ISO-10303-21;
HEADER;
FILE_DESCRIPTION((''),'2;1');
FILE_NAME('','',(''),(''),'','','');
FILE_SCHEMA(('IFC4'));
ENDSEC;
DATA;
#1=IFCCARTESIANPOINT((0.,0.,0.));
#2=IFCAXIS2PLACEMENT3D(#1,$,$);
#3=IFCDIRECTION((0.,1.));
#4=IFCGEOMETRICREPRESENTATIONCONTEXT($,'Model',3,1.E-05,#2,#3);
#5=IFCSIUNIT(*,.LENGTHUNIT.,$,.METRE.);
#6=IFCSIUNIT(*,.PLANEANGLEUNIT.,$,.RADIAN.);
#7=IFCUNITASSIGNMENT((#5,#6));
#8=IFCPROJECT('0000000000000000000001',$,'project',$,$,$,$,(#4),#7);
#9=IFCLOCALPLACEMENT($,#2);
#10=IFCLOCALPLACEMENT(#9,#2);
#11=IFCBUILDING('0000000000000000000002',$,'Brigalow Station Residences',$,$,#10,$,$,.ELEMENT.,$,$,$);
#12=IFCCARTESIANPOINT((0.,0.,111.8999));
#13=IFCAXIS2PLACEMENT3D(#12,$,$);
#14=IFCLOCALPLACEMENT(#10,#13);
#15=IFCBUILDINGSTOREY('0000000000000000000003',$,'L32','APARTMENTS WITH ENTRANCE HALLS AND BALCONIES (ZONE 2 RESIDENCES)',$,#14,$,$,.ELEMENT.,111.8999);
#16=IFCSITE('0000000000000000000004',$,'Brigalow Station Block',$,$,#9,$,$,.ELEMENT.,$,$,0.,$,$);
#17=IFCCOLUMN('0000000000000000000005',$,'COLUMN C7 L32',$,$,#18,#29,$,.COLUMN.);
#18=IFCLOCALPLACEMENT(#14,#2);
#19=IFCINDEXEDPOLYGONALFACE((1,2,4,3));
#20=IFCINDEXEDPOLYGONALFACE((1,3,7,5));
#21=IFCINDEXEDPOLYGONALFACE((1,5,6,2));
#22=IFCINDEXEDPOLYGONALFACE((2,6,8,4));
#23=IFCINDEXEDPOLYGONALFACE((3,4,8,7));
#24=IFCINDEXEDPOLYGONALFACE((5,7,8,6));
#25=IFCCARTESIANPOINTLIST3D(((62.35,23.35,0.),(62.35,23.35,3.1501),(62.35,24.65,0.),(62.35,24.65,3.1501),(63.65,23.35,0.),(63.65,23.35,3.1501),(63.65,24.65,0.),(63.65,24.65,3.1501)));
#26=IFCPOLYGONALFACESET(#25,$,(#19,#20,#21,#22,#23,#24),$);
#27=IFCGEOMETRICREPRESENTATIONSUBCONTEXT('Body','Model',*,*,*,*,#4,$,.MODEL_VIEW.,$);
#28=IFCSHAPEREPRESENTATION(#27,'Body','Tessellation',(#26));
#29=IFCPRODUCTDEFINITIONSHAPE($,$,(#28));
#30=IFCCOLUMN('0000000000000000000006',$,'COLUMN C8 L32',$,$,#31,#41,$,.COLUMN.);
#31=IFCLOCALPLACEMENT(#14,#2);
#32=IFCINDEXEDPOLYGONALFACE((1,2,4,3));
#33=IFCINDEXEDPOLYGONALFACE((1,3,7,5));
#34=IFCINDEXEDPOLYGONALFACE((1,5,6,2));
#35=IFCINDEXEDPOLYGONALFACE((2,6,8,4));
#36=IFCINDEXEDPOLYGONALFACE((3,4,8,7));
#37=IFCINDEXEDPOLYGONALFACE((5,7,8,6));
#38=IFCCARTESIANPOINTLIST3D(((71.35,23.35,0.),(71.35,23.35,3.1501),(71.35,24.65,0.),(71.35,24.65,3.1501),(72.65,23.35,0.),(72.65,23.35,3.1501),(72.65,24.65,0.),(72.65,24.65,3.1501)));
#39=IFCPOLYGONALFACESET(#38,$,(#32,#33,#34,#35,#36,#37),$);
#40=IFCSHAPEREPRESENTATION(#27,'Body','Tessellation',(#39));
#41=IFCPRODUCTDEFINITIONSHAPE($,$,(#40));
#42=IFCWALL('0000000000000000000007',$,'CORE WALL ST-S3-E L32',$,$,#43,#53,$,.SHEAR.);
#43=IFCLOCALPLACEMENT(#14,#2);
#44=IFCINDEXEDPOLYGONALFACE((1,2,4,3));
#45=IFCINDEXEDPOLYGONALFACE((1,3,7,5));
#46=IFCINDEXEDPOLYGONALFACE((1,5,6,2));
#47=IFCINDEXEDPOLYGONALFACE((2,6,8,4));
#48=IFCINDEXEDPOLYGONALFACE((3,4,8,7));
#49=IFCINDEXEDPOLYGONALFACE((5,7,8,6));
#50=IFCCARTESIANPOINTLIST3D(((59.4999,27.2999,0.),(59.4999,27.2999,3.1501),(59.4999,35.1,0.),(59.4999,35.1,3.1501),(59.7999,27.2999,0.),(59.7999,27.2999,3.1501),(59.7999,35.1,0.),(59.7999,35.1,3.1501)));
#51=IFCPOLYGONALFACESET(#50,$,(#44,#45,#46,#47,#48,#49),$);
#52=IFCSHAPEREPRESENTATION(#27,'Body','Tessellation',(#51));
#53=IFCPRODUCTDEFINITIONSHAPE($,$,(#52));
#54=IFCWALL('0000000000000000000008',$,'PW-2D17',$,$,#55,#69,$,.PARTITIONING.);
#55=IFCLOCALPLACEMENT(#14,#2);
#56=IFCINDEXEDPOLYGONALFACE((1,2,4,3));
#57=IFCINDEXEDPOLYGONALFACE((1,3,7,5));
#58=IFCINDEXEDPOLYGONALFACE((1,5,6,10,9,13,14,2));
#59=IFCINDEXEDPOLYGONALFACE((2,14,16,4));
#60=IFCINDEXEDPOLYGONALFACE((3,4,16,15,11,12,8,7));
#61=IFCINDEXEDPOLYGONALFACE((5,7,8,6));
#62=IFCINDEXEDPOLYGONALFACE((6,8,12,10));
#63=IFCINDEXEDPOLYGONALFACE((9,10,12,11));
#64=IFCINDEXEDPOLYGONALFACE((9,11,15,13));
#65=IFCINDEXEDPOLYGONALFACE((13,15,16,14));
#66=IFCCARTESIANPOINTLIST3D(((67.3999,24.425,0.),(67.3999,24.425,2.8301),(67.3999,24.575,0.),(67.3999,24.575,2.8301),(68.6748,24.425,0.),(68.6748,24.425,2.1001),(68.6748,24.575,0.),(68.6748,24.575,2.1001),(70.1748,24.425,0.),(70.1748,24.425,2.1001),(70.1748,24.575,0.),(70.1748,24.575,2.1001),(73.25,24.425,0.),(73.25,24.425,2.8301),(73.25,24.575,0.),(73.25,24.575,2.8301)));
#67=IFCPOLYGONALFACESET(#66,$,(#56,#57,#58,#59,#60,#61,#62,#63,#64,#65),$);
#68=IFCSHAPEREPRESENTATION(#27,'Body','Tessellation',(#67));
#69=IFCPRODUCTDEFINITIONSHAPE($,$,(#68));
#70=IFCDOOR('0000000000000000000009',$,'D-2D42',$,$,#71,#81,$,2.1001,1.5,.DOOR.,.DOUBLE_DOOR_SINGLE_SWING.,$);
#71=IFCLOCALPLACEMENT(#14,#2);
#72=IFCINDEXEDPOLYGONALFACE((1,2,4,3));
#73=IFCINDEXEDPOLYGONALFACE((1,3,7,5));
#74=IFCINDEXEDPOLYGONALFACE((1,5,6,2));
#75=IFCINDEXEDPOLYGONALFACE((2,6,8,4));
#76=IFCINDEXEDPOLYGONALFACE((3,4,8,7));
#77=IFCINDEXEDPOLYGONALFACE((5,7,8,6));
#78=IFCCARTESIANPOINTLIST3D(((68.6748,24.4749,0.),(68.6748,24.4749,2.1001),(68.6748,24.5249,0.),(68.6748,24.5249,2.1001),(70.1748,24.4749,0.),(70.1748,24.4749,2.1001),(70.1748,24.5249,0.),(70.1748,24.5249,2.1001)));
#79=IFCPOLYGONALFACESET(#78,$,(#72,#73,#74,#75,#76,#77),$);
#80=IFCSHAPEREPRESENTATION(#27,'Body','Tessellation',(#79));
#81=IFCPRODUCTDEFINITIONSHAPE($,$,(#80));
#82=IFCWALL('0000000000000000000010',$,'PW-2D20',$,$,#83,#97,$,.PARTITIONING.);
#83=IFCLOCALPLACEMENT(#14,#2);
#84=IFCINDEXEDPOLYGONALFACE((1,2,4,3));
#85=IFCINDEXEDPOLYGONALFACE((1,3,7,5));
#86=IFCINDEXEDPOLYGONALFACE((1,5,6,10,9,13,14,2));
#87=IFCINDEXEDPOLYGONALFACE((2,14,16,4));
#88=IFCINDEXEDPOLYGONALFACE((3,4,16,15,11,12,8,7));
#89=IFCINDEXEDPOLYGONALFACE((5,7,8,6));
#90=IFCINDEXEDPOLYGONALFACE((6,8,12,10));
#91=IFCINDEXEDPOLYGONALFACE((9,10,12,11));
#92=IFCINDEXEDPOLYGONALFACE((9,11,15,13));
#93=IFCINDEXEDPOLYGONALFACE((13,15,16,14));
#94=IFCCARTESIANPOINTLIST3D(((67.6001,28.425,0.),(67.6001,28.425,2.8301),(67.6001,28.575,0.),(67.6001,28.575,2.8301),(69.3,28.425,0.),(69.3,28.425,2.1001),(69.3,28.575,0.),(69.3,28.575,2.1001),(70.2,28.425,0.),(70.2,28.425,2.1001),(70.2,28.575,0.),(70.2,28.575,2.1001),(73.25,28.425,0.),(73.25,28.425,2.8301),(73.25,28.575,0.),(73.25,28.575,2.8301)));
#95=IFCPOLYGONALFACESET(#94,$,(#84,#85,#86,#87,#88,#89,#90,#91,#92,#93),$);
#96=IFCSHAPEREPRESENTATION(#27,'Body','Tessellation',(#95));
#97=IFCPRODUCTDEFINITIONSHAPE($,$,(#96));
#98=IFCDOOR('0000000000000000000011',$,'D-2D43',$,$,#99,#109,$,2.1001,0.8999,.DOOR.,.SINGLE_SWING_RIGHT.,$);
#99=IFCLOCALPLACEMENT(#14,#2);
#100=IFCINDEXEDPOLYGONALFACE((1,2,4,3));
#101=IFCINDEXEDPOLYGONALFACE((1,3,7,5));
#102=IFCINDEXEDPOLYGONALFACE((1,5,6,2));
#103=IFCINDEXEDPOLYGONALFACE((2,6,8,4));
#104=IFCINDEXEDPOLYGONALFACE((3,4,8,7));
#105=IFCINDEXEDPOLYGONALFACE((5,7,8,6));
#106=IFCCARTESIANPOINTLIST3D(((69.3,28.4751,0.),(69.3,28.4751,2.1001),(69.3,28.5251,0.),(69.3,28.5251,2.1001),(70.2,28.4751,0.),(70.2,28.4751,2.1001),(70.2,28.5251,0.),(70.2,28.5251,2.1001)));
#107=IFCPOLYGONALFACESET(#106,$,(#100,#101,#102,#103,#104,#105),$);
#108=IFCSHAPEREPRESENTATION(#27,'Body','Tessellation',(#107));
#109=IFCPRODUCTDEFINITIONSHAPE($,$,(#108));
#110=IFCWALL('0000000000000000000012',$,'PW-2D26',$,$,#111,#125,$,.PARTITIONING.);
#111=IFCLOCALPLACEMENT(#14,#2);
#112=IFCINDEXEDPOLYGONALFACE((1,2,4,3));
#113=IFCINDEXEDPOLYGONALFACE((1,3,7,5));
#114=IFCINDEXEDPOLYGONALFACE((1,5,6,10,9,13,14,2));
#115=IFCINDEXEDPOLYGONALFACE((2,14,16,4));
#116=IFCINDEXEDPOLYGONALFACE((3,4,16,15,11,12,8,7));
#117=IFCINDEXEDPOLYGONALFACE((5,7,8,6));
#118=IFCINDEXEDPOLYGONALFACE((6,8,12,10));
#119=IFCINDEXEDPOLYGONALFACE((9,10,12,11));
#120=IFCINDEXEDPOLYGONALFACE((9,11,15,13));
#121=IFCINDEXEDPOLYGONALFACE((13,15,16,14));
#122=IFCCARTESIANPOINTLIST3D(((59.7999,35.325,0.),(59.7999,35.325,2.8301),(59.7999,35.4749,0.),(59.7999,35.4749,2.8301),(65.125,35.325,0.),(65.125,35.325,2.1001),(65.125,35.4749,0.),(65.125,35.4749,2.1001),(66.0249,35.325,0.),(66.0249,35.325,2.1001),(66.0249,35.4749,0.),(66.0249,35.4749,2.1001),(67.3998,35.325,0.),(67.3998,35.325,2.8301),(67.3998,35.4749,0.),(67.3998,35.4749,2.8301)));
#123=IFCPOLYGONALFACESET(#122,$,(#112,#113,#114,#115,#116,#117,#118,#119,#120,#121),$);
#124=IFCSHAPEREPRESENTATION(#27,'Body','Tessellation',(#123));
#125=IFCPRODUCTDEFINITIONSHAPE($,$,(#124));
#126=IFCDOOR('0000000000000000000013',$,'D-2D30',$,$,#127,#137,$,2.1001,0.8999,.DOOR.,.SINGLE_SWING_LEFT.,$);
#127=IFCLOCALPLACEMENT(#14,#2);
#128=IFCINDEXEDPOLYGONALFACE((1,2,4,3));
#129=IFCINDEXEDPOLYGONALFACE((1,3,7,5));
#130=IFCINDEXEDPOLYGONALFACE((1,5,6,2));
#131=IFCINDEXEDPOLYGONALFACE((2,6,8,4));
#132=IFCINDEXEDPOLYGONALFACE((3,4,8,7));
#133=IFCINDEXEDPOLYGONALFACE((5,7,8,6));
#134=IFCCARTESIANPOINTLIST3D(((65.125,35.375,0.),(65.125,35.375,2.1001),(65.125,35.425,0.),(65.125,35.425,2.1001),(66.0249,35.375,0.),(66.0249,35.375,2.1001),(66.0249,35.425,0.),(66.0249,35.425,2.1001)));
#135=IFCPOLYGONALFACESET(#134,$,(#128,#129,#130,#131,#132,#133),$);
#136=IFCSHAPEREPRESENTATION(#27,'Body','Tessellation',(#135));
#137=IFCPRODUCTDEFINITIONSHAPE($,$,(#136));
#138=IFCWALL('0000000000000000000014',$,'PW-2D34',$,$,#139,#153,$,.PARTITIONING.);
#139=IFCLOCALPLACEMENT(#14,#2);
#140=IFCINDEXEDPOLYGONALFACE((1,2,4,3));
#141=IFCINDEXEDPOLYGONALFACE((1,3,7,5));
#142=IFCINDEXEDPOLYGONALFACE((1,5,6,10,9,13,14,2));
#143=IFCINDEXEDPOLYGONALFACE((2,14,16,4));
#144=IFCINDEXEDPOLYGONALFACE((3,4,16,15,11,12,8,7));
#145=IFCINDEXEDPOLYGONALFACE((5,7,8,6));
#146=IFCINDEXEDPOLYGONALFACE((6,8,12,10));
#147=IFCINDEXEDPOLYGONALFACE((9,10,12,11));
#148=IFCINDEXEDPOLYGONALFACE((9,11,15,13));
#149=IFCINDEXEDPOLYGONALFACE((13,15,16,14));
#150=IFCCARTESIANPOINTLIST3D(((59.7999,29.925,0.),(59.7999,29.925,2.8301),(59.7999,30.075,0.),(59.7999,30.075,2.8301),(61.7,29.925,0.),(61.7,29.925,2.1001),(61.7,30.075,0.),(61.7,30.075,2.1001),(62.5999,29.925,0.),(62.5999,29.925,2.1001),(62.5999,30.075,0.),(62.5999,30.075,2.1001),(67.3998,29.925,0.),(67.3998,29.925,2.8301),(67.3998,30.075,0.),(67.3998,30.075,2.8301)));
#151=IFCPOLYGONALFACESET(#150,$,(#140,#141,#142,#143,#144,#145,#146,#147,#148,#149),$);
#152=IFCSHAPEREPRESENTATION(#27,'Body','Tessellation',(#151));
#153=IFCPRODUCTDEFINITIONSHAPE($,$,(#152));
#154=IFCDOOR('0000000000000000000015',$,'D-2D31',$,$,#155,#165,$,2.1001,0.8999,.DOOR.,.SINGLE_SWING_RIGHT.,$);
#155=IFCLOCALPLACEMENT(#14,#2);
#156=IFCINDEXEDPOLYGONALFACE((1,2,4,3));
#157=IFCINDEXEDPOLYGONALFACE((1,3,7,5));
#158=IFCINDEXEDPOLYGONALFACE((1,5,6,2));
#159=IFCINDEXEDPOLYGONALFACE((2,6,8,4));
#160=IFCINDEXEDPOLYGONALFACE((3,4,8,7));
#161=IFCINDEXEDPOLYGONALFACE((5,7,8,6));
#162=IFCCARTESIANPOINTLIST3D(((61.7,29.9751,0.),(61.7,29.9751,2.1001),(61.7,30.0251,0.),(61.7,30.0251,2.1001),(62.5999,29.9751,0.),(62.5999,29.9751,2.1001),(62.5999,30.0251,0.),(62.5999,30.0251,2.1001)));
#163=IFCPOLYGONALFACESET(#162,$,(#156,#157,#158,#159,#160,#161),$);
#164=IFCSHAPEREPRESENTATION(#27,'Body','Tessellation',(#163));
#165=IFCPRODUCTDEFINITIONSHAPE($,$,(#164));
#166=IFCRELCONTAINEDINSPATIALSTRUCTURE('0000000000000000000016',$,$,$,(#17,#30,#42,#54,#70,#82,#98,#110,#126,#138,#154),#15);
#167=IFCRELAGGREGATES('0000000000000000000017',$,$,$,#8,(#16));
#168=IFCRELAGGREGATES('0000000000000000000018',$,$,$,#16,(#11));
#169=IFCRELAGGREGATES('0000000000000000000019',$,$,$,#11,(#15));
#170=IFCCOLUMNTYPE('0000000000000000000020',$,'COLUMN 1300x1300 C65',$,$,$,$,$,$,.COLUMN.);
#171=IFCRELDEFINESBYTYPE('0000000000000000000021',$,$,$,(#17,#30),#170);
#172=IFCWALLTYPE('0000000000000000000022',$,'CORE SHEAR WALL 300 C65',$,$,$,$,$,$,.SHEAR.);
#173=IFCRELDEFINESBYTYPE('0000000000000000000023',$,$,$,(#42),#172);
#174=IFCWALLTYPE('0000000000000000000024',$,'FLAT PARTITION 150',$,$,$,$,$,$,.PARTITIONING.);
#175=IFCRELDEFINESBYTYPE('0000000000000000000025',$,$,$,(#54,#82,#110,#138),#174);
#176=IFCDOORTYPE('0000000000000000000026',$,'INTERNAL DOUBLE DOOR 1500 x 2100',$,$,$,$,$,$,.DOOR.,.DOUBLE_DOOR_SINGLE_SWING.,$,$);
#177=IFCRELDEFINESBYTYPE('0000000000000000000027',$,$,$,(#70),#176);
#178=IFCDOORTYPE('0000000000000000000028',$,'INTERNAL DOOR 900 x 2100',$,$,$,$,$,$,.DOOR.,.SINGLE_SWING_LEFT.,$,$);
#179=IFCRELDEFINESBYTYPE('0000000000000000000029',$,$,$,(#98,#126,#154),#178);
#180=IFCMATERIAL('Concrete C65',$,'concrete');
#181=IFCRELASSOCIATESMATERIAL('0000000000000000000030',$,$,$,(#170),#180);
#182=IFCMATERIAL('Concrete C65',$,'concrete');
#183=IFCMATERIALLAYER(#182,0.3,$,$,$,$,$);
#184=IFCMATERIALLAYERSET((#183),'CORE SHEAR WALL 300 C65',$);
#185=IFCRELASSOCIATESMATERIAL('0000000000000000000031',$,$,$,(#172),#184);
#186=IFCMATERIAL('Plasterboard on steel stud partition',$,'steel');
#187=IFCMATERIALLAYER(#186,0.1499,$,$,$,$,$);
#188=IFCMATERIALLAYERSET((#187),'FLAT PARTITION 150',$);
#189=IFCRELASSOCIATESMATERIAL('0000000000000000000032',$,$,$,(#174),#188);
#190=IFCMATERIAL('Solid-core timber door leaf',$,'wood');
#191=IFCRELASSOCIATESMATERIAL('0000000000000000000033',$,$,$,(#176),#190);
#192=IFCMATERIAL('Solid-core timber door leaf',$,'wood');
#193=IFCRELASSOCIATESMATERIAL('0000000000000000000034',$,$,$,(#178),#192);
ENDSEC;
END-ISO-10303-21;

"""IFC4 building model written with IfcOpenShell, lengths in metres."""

from ifc_helpers import new_model, si_unit, direction, frame, frame_2d, origin, origin_2d, place, context, subcontext, project, spatial, rectangle, extrude, material, layer, layer_set, material_profile, profile_set, type_object, element, fill, save


model = new_model("IFC4")

# Units and contexts
model_context = context("Model", 3, precision=1e-05, world=origin(), true_north=direction((0.0, 1.0)))
body_context = subcontext(model_context, "Body", "Model", "MODEL_VIEW")
ifc_project = project(units=[si_unit("LENGTHUNIT", "METRE"), si_unit("PLANEANGLEUNIT", "RADIAN")], contexts=[model_context])

# Site, building, storey
site_placement = place(None, origin())
site = spatial("IfcSite", under=ifc_project, at=site_placement, Name="Brigalow Station Block", CompositionType="ELEMENT", RefElevation=0.0)
building_placement = place(site_placement, origin())
building = spatial("IfcBuilding", under=site, at=building_placement, Name="Brigalow Station Residences", CompositionType="ELEMENT")
storey_placement = place(building_placement, frame((0.0, 0.0, 111.8999)))
storey = spatial("IfcBuildingStorey", under=building, at=storey_placement, Name="L32", Description="APARTMENTS WITH ENTRANCE HALLS AND BALCONIES (ZONE 2 RESIDENCES)", CompositionType="ELEMENT", Elevation=111.8999)

# Columns
ifc_material_1 = material(Name="Concrete C65", Category="concrete")
ifc_material_profile = material_profile(ifc_material_1, rectangle(XDim=1.3, YDim=1.3, at=origin_2d()), Name="RC1300x1300")
ifc_profile_set = profile_set([ifc_material_profile], Name="Concrete C65")
column_type = type_object("IfcColumnType", Name="COLUMN 1300x1300 C65", PredefinedType="COLUMN", material=ifc_profile_set)
for number, where, z_axis, x_axis, name in (
    (1, (63.0, 24.0, 0.0), (0.0, 0.0, 1.0), (1.0, 0.0, 0.0), "COLUMN C7 L32"),
    (2, (72.0, 24.0, 0.0), (0.0, 0.0, 1.0), (1.0, 0.0, 0.0), "COLUMN C8 L32"),
):
    element("IfcColumn", number, at=place(storey_placement, frame(where, z_axis=z_axis, x_axis=x_axis)), inside=storey, type_object=column_type, Name=name, PredefinedType="COLUMN", context=body_context, shape_type="SweptSolid", body=[
        extrude(rectangle(XDim=1.3, YDim=1.3, at=origin_2d()), origin(), (0.0, 0.0, 1.0), 3.1501),
    ])

# Wall
ifc_material_2 = material(Name="Concrete C65", Category="concrete")
ifc_layer_1 = layer(ifc_material_2, 0.3)
ifc_layer_set_1 = layer_set([ifc_layer_1], Name="CORE SHEAR WALL 300 C65")
wall_type_1 = type_object("IfcWallType", Name="CORE SHEAR WALL 300 C65", PredefinedType="SHEAR", material=ifc_layer_set_1)
wall_1_placement = place(storey_placement, frame((59.6499, 27.3, 0.0), z_axis=(0.0, 0.0, 1.0), x_axis=(0.0, 1.0, 0.0)))
element("IfcWall", 3, at=wall_1_placement, inside=storey, type_object=wall_type_1, Name="CORE WALL ST-S3-E L32", PredefinedType="SHEAR", context=body_context, shape_type="SweptSolid", body=[
    extrude(rectangle(XDim=7.8, YDim=0.3, at=frame_2d((3.8999, 0.0))), origin(), (0.0, 0.0, 1.0), 3.1501),
])

# Walls, openings, doors
ifc_material_3 = material(Name="Plasterboard on steel stud partition", Category="steel")
ifc_layer_2 = layer(ifc_material_3, 0.1499)
ifc_layer_set_2 = layer_set([ifc_layer_2], Name="FLAT PARTITION 150")
wall_type_2 = type_object("IfcWallType", Name="FLAT PARTITION 150", PredefinedType="PARTITIONING", material=ifc_layer_set_2)
wall_2_placement = place(storey_placement, frame((67.3999, 24.5, 0.0), z_axis=(0.0, 0.0, 1.0), x_axis=(1.0, 0.0, 0.0)))
wall_2 = element("IfcWall", 4, at=wall_2_placement, inside=storey, type_object=wall_type_2, Name="PW-2D17", PredefinedType="PARTITIONING", context=body_context, shape_type="SweptSolid", body=[
    extrude(rectangle(XDim=5.8501, YDim=0.1499, at=frame_2d((2.925, 0.0))), origin(), (0.0, 0.0, 1.0), 2.8301),
])
opening_1_placement = place(wall_2_placement, frame((1.2749, 0.0, 0.0)))
opening_1 = element("IfcOpeningElement", 5, at=opening_1_placement, cuts=wall_2, PredefinedType="OPENING", context=body_context, shape_type="SweptSolid", body=[
    extrude(rectangle(XDim=1.5, YDim=2.1001, at=frame_2d((0.75, 1.05))), frame((0.0, 0.085, 0.0), z_axis=(0.0, -1.0, 0.0), x_axis=(1.0, 0.0, 0.0)), (0.0, 0.0, 1.0), 0.1699),
])
ifc_material_4 = material(Name="Solid-core timber door leaf", Category="wood")
door_type_1 = type_object("IfcDoorType", Name="INTERNAL DOUBLE DOOR 1500 x 2100", OperationType="DOUBLE_DOOR_SINGLE_SWING", PredefinedType="DOOR", material=ifc_material_4)
door_1_placement = place(opening_1_placement, origin())
door_1 = element("IfcDoor", 6, at=door_1_placement, inside=storey, type_object=door_type_1, Name="D-2D42", OperationType="DOUBLE_DOOR_SINGLE_SWING", OverallHeight=2.1001, OverallWidth=1.5, PredefinedType="DOOR", context=body_context, shape_type="SweptSolid", body=[
    extrude(rectangle(XDim=1.5, YDim=2.1001, at=frame_2d((0.75, 1.05))), frame((0.0, 0.0249, 0.0), z_axis=(0.0, -1.0, 0.0), x_axis=(1.0, 0.0, 0.0)), (0.0, 0.0, 1.0), 0.05),
])
fill(opening_1, door_1)
wall_3_placement = place(storey_placement, frame((67.6001, 28.5, 0.0), z_axis=(0.0, 0.0, 1.0), x_axis=(1.0, 0.0, 0.0)))
wall_3 = element("IfcWall", 7, at=wall_3_placement, inside=storey, type_object=wall_type_2, Name="PW-2D20", PredefinedType="PARTITIONING", context=body_context, shape_type="SweptSolid", body=[
    extrude(rectangle(XDim=5.6499, YDim=0.1499, at=frame_2d((2.825, 0.0))), origin(), (0.0, 0.0, 1.0), 2.8301),
])
opening_2_placement = place(wall_3_placement, frame((1.7, 0.0, 0.0)))
opening_2 = element("IfcOpeningElement", 8, at=opening_2_placement, cuts=wall_3, PredefinedType="OPENING", context=body_context, shape_type="SweptSolid", body=[
    extrude(rectangle(XDim=0.8999, YDim=2.1001, at=frame_2d((0.45, 1.05))), frame((0.0, 0.085, 0.0), z_axis=(0.0, -1.0, 0.0), x_axis=(1.0, 0.0, 0.0)), (0.0, 0.0, 1.0), 0.1699),
])
ifc_material_5 = material(Name="Solid-core timber door leaf", Category="wood")
door_type_2 = type_object("IfcDoorType", Name="INTERNAL DOOR 900 x 2100", OperationType="SINGLE_SWING_LEFT", PredefinedType="DOOR", material=ifc_material_5)
door_2_placement = place(opening_2_placement, frame((0.8999, 0.0, 0.0), z_axis=(0.0, 0.0, 1.0), x_axis=(-1.0, 0.0, 0.0)))
door_2 = element("IfcDoor", 9, at=door_2_placement, inside=storey, type_object=door_type_2, Name="D-2D43", OperationType="SINGLE_SWING_RIGHT", OverallHeight=2.1001, OverallWidth=0.8999, PredefinedType="DOOR", context=body_context, shape_type="SweptSolid", body=[
    extrude(rectangle(XDim=0.8999, YDim=2.1001, at=frame_2d((0.45, 1.05))), frame((0.0, 0.0249, 0.0), z_axis=(0.0, -1.0, 0.0), x_axis=(1.0, 0.0, 0.0)), (0.0, 0.0, 1.0), 0.05),
])
fill(opening_2, door_2)
wall_4_placement = place(storey_placement, frame((59.8, 35.3999, 0.0), z_axis=(0.0, 0.0, 1.0), x_axis=(1.0, 0.0, 0.0)))
wall_4 = element("IfcWall", 10, at=wall_4_placement, inside=storey, type_object=wall_type_2, Name="PW-2D26", PredefinedType="PARTITIONING", context=body_context, shape_type="SweptSolid", body=[
    extrude(rectangle(XDim=7.5999, YDim=0.1499, at=frame_2d((3.7998, 0.0))), origin(), (0.0, 0.0, 1.0), 2.8301),
])
opening_3_placement = place(wall_4_placement, frame((5.325, 0.0, 0.0)))
opening_3 = element("IfcOpeningElement", 11, at=opening_3_placement, cuts=wall_4, PredefinedType="OPENING", context=body_context, shape_type="SweptSolid", body=[
    extrude(rectangle(XDim=0.8999, YDim=2.1001, at=frame_2d((0.45, 1.05))), frame((0.0, 0.085, 0.0), z_axis=(0.0, -1.0, 0.0), x_axis=(1.0, 0.0, 0.0)), (0.0, 0.0, 1.0), 0.1699),
])
door_3_placement = place(opening_3_placement, frame((0.8999, 0.0, 0.0), z_axis=(0.0, 0.0, 1.0), x_axis=(-1.0, 0.0, 0.0)))
door_3 = element("IfcDoor", 12, at=door_3_placement, inside=storey, type_object=door_type_2, Name="D-2D30", OperationType="SINGLE_SWING_LEFT", OverallHeight=2.1001, OverallWidth=0.8999, PredefinedType="DOOR", context=body_context, shape_type="SweptSolid", body=[
    extrude(rectangle(XDim=0.8999, YDim=2.1001, at=frame_2d((0.45, 1.05))), frame((0.0, 0.0249, 0.0), z_axis=(0.0, -1.0, 0.0), x_axis=(1.0, 0.0, 0.0)), (0.0, 0.0, 1.0), 0.05),
])
fill(opening_3, door_3)
wall_5_placement = place(storey_placement, frame((59.8, 30.0, 0.0), z_axis=(0.0, 0.0, 1.0), x_axis=(1.0, 0.0, 0.0)))
wall_5 = element("IfcWall", 13, at=wall_5_placement, inside=storey, type_object=wall_type_2, Name="PW-2D34", PredefinedType="PARTITIONING", context=body_context, shape_type="SweptSolid", body=[
    extrude(rectangle(XDim=7.5999, YDim=0.1499, at=frame_2d((3.7998, 0.0))), origin(), (0.0, 0.0, 1.0), 2.8301),
])
opening_4_placement = place(wall_5_placement, frame((1.8999, 0.0, 0.0)))
opening_4 = element("IfcOpeningElement", 14, at=opening_4_placement, cuts=wall_5, PredefinedType="OPENING", context=body_context, shape_type="SweptSolid", body=[
    extrude(rectangle(XDim=0.8999, YDim=2.1001, at=frame_2d((0.45, 1.05))), frame((0.0, 0.085, 0.0), z_axis=(0.0, -1.0, 0.0), x_axis=(1.0, 0.0, 0.0)), (0.0, 0.0, 1.0), 0.1699),
])
door_4_placement = place(opening_4_placement, frame((0.8999, 0.0, 0.0), z_axis=(0.0, 0.0, 1.0), x_axis=(-1.0, 0.0, 0.0)))
door_4 = element("IfcDoor", 15, at=door_4_placement, inside=storey, type_object=door_type_2, Name="D-2D31", OperationType="SINGLE_SWING_RIGHT", OverallHeight=2.1001, OverallWidth=0.8999, PredefinedType="DOOR", context=body_context, shape_type="SweptSolid", body=[
    extrude(rectangle(XDim=0.8999, YDim=2.1001, at=frame_2d((0.45, 1.05))), frame((0.0, 0.0249, 0.0), z_axis=(0.0, -1.0, 0.0), x_axis=(1.0, 0.0, 0.0)), (0.0, 0.0, 1.0), 0.05),
])
fill(opening_4, door_4)

save(model, "model.ifc")
